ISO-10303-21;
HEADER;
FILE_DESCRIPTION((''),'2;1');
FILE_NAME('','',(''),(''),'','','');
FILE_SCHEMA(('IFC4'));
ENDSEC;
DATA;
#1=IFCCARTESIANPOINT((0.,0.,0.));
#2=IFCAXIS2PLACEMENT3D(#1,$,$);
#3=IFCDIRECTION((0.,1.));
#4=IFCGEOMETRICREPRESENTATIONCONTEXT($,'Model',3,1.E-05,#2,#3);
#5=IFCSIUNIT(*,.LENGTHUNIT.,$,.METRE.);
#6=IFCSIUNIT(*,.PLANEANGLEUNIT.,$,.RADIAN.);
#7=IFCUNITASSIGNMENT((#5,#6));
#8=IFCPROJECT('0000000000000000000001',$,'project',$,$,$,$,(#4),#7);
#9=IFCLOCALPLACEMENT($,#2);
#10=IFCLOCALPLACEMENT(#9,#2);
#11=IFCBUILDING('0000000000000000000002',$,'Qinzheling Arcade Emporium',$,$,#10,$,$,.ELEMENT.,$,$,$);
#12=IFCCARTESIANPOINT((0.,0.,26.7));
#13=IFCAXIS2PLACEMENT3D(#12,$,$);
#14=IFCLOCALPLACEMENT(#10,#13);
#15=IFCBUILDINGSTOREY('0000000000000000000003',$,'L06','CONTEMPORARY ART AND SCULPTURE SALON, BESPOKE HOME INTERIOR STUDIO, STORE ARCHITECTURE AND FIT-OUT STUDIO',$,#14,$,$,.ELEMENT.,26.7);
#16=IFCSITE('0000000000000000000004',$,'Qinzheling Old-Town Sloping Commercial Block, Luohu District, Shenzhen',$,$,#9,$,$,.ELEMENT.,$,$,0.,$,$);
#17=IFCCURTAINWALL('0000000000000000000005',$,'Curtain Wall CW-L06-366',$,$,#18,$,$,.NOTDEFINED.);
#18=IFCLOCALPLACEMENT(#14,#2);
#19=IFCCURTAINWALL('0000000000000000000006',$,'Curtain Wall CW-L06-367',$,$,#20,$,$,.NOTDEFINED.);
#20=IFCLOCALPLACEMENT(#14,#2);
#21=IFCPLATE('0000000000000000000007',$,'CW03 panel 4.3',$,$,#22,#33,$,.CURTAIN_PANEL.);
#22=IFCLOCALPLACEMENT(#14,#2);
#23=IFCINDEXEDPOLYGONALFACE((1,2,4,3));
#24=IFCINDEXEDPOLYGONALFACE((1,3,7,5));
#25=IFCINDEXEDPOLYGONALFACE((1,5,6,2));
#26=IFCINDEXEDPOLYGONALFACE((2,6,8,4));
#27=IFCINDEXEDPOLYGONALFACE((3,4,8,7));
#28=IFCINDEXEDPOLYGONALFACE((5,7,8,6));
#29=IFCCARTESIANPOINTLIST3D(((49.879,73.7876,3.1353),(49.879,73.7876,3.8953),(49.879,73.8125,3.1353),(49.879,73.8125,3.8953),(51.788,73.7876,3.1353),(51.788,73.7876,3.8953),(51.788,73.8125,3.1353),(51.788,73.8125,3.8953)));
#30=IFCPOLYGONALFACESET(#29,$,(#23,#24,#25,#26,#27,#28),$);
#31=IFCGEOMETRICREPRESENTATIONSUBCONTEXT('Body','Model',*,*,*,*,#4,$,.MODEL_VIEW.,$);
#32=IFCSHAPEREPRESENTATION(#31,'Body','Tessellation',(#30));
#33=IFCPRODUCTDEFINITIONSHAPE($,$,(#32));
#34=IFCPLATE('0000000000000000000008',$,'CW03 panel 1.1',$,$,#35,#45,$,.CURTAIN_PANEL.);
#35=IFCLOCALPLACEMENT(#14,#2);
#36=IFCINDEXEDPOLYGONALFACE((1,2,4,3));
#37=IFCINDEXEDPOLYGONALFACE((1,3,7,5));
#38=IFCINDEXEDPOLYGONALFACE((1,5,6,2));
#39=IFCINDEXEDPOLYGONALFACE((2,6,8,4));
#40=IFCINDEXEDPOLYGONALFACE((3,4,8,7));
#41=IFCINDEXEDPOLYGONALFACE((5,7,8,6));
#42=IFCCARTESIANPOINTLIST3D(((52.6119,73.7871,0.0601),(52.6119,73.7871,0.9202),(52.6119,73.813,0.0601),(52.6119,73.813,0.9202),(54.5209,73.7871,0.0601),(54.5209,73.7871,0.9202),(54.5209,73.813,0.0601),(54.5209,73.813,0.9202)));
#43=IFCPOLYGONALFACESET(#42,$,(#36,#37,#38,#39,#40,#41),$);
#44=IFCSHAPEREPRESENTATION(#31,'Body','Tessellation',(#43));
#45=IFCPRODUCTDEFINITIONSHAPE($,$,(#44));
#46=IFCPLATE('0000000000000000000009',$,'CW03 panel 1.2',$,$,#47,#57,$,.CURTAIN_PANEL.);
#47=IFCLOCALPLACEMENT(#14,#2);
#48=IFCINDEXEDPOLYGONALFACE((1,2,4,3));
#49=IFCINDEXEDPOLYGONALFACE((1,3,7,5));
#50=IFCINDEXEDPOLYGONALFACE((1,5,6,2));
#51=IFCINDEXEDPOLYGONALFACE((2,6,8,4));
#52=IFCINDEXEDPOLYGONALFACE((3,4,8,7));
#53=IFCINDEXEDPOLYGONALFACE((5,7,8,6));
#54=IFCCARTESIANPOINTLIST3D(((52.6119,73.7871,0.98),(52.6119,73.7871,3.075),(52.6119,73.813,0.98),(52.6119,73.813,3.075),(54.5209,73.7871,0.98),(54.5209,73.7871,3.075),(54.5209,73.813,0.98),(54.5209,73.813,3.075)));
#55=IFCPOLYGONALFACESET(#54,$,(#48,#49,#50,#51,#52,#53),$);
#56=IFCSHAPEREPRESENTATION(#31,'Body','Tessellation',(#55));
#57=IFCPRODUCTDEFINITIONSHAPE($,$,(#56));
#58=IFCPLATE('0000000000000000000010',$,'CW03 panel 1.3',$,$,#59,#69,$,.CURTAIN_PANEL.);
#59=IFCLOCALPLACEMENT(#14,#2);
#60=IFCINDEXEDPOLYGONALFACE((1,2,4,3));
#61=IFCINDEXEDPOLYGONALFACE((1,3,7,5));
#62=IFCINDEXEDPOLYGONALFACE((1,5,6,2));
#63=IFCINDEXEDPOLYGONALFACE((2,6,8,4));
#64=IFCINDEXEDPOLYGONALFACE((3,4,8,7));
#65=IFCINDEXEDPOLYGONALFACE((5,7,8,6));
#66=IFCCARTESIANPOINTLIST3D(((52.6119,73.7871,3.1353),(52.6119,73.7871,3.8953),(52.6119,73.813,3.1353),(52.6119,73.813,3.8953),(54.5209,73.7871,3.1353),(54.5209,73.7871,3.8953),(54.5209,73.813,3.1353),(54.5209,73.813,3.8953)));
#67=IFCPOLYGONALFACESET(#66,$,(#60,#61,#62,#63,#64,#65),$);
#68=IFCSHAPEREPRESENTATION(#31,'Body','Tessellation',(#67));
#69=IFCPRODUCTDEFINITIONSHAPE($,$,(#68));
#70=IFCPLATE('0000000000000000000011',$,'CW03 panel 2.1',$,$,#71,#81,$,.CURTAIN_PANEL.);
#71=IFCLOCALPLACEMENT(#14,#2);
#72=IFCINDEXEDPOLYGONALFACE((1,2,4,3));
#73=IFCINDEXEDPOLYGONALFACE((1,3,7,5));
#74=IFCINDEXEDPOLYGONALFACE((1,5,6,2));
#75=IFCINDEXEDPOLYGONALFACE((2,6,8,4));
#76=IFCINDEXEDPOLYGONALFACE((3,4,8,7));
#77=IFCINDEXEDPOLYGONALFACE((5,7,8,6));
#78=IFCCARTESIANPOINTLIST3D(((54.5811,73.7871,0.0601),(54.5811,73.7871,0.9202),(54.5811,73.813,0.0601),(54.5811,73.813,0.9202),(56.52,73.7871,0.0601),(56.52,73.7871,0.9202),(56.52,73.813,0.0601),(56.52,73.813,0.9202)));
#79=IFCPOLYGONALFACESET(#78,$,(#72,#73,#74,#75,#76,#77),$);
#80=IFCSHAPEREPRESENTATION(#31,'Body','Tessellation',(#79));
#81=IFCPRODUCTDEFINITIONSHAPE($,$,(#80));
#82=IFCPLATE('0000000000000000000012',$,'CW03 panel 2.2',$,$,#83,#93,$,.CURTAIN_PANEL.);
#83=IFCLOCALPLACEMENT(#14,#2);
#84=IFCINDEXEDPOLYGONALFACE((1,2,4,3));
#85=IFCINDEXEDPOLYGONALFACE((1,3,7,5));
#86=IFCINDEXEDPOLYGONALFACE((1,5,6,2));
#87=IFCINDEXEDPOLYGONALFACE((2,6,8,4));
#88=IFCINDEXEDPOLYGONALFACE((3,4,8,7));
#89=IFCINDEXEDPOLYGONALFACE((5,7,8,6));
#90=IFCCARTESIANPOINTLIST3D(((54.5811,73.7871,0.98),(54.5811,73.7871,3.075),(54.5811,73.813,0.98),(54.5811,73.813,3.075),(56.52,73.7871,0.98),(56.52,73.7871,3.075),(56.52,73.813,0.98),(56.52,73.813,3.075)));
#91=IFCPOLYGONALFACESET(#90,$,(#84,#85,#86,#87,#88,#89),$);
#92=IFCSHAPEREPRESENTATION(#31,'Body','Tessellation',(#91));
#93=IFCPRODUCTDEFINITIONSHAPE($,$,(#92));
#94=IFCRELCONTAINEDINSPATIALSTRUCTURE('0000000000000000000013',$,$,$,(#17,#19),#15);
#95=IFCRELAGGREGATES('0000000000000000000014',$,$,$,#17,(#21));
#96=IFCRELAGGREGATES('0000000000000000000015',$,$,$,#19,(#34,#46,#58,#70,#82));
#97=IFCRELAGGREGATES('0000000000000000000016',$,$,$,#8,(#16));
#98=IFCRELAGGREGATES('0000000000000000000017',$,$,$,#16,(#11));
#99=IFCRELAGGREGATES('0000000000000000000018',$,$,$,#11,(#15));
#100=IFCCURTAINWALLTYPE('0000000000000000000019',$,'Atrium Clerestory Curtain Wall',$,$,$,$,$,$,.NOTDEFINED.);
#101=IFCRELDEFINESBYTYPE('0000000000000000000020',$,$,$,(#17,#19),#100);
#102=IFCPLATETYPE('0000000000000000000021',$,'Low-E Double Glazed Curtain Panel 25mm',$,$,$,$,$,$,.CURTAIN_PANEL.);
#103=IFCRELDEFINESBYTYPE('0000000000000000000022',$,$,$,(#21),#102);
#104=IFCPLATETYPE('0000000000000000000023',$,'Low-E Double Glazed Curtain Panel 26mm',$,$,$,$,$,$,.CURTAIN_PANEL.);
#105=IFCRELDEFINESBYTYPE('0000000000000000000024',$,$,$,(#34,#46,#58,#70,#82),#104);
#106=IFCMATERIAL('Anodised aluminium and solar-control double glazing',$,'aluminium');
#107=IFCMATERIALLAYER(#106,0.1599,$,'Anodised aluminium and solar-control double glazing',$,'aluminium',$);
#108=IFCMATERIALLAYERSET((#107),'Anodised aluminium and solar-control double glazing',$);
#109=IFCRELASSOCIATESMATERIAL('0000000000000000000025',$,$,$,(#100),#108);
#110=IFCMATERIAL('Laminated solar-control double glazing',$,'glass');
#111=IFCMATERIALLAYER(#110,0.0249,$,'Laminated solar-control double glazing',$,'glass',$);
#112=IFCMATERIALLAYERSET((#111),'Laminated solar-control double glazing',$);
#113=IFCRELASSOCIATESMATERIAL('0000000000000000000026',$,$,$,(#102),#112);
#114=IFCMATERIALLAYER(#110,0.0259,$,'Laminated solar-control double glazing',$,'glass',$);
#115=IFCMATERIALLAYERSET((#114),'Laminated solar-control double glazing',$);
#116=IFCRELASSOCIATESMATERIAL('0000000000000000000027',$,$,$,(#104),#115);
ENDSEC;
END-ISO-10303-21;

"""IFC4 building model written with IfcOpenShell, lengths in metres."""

from ifc_helpers import new_model, si_unit, direction, frame, origin, origin_2d, place, context, subcontext, project, spatial, rectangle, extrude, material, layer, layer_set, type_object, element, aggregate, save


model = new_model("IFC4")

# Units and contexts
model_context = context("Model", 3, precision=1e-05, world=origin(), true_north=direction((0.0, 1.0)))
body_context = subcontext(model_context, "Body", "Model", "MODEL_VIEW")
ifc_project = project(units=[si_unit("LENGTHUNIT", "METRE"), si_unit("PLANEANGLEUNIT", "RADIAN")], contexts=[model_context])

# Site, building, storey
site_placement = place(None, origin())
site = spatial("IfcSite", under=ifc_project, at=site_placement, Name="Qinzheling Old-Town Sloping Commercial Block, Luohu District, Shenzhen", CompositionType="ELEMENT", RefElevation=0.0)
building_placement = place(site_placement, origin())
building = spatial("IfcBuilding", under=site, at=building_placement, Name="Qinzheling Arcade Emporium", CompositionType="ELEMENT")
storey_placement = place(building_placement, frame((0.0, 0.0, 26.7)))
storey = spatial("IfcBuildingStorey", under=building, at=storey_placement, Name="L06", Description="CONTEMPORARY ART AND SCULPTURE SALON, BESPOKE HOME INTERIOR STUDIO, STORE ARCHITECTURE AND FIT-OUT STUDIO", CompositionType="ELEMENT", Elevation=26.7)

# Curtain walls
ifc_material_1 = material(Name="Anodised aluminium and solar-control double glazing", Category="aluminium")
ifc_layer_1 = layer(ifc_material_1, 0.1599, Name="Anodised aluminium and solar-control double glazing", Category="aluminium")
ifc_layer_set_1 = layer_set([ifc_layer_1], Name="Anodised aluminium and solar-control double glazing")
curtain_wall_type = type_object("IfcCurtainWallType", Name="Atrium Clerestory Curtain Wall", PredefinedType="NOTDEFINED", material=ifc_layer_set_1)
curtain_wall_1_placement = place(storey_placement, origin())
curtain_wall_1 = element("IfcCurtainWall", 1, at=curtain_wall_1_placement, inside=storey, type_object=curtain_wall_type, Name="Curtain Wall CW-L06-366", PredefinedType="NOTDEFINED")
curtain_wall_2_placement = place(storey_placement, origin())
curtain_wall_2 = element("IfcCurtainWall", 2, at=curtain_wall_2_placement, inside=storey, type_object=curtain_wall_type, Name="Curtain Wall CW-L06-367", PredefinedType="NOTDEFINED")

# Plates
ifc_material_2 = material(Name="Laminated solar-control double glazing", Category="glass")
ifc_layer_2 = layer(ifc_material_2, 0.0249, Name="Laminated solar-control double glazing", Category="glass")
ifc_layer_set_2 = layer_set([ifc_layer_2], Name="Laminated solar-control double glazing")
plate_type_1 = type_object("IfcPlateType", Name="Low-E Double Glazed Curtain Panel 25mm", PredefinedType="CURTAIN_PANEL", material=ifc_layer_set_2)
plate_1_placement = place(storey_placement, frame((50.8335, 73.8, 3.1353), z_axis=(0.0, 0.0, 1.0), x_axis=(1.0, 0.0, 0.0)))
plate_1 = element("IfcPlate", 3, at=plate_1_placement, type_object=plate_type_1, Name="CW03 panel 4.3", PredefinedType="CURTAIN_PANEL", context=body_context, shape_type="SweptSolid", body=[
    extrude(rectangle(XDim=1.9089, YDim=0.0249, at=origin_2d()), origin(), (0.0, 0.0, 1.0), 0.76),
])
aggregate(curtain_wall_1, [plate_1])
ifc_layer_3 = layer(ifc_material_2, 0.0259, Name="Laminated solar-control double glazing", Category="glass")
ifc_layer_set_3 = layer_set([ifc_layer_3], Name="Laminated solar-control double glazing")
plate_type_2 = type_object("IfcPlateType", Name="Low-E Double Glazed Curtain Panel 26mm", PredefinedType="CURTAIN_PANEL", material=ifc_layer_set_3)
plate_2_placement = place(storey_placement, frame((53.5664, 73.8, 0.0601), z_axis=(0.0, 0.0, 1.0), x_axis=(1.0, 0.0, 0.0)))
plate_2 = element("IfcPlate", 4, at=plate_2_placement, type_object=plate_type_2, Name="CW03 panel 1.1", PredefinedType="CURTAIN_PANEL", context=body_context, shape_type="SweptSolid", body=[
    extrude(rectangle(XDim=1.9089, YDim=0.0259, at=origin_2d()), origin(), (0.0, 0.0, 1.0), 0.8601),
])
plate_3_placement = place(storey_placement, frame((53.5664, 73.8, 0.98), z_axis=(0.0, 0.0, 1.0), x_axis=(1.0, 0.0, 0.0)))
plate_3 = element("IfcPlate", 5, at=plate_3_placement, type_object=plate_type_2, Name="CW03 panel 1.2", PredefinedType="CURTAIN_PANEL", context=body_context, shape_type="SweptSolid", body=[
    extrude(rectangle(XDim=1.9089, YDim=0.0259, at=origin_2d()), origin(), (0.0, 0.0, 1.0), 2.095),
])
plate_4_placement = place(storey_placement, frame((53.5664, 73.8, 3.1353), z_axis=(0.0, 0.0, 1.0), x_axis=(1.0, 0.0, 0.0)))
plate_4 = element("IfcPlate", 6, at=plate_4_placement, type_object=plate_type_2, Name="CW03 panel 1.3", PredefinedType="CURTAIN_PANEL", context=body_context, shape_type="SweptSolid", body=[
    extrude(rectangle(XDim=1.9089, YDim=0.0259, at=origin_2d()), origin(), (0.0, 0.0, 1.0), 0.76),
])
plate_5_placement = place(storey_placement, frame((55.5505, 73.8, 0.0601), z_axis=(0.0, 0.0, 1.0), x_axis=(1.0, 0.0, 0.0)))
plate_5 = element("IfcPlate", 7, at=plate_5_placement, type_object=plate_type_2, Name="CW03 panel 2.1", PredefinedType="CURTAIN_PANEL", context=body_context, shape_type="SweptSolid", body=[
    extrude(rectangle(XDim=1.939, YDim=0.0259, at=origin_2d()), origin(), (0.0, 0.0, 1.0), 0.8601),
])
plate_6_placement = place(storey_placement, frame((55.5505, 73.8, 0.98), z_axis=(0.0, 0.0, 1.0), x_axis=(1.0, 0.0, 0.0)))
plate_6 = element("IfcPlate", 8, at=plate_6_placement, type_object=plate_type_2, Name="CW03 panel 2.2", PredefinedType="CURTAIN_PANEL", context=body_context, shape_type="SweptSolid", body=[
    extrude(rectangle(XDim=1.939, YDim=0.0259, at=origin_2d()), origin(), (0.0, 0.0, 1.0), 2.095),
])
aggregate(curtain_wall_2, [plate_2, plate_3, plate_4, plate_5, plate_6])

save(model, "model.ifc")
